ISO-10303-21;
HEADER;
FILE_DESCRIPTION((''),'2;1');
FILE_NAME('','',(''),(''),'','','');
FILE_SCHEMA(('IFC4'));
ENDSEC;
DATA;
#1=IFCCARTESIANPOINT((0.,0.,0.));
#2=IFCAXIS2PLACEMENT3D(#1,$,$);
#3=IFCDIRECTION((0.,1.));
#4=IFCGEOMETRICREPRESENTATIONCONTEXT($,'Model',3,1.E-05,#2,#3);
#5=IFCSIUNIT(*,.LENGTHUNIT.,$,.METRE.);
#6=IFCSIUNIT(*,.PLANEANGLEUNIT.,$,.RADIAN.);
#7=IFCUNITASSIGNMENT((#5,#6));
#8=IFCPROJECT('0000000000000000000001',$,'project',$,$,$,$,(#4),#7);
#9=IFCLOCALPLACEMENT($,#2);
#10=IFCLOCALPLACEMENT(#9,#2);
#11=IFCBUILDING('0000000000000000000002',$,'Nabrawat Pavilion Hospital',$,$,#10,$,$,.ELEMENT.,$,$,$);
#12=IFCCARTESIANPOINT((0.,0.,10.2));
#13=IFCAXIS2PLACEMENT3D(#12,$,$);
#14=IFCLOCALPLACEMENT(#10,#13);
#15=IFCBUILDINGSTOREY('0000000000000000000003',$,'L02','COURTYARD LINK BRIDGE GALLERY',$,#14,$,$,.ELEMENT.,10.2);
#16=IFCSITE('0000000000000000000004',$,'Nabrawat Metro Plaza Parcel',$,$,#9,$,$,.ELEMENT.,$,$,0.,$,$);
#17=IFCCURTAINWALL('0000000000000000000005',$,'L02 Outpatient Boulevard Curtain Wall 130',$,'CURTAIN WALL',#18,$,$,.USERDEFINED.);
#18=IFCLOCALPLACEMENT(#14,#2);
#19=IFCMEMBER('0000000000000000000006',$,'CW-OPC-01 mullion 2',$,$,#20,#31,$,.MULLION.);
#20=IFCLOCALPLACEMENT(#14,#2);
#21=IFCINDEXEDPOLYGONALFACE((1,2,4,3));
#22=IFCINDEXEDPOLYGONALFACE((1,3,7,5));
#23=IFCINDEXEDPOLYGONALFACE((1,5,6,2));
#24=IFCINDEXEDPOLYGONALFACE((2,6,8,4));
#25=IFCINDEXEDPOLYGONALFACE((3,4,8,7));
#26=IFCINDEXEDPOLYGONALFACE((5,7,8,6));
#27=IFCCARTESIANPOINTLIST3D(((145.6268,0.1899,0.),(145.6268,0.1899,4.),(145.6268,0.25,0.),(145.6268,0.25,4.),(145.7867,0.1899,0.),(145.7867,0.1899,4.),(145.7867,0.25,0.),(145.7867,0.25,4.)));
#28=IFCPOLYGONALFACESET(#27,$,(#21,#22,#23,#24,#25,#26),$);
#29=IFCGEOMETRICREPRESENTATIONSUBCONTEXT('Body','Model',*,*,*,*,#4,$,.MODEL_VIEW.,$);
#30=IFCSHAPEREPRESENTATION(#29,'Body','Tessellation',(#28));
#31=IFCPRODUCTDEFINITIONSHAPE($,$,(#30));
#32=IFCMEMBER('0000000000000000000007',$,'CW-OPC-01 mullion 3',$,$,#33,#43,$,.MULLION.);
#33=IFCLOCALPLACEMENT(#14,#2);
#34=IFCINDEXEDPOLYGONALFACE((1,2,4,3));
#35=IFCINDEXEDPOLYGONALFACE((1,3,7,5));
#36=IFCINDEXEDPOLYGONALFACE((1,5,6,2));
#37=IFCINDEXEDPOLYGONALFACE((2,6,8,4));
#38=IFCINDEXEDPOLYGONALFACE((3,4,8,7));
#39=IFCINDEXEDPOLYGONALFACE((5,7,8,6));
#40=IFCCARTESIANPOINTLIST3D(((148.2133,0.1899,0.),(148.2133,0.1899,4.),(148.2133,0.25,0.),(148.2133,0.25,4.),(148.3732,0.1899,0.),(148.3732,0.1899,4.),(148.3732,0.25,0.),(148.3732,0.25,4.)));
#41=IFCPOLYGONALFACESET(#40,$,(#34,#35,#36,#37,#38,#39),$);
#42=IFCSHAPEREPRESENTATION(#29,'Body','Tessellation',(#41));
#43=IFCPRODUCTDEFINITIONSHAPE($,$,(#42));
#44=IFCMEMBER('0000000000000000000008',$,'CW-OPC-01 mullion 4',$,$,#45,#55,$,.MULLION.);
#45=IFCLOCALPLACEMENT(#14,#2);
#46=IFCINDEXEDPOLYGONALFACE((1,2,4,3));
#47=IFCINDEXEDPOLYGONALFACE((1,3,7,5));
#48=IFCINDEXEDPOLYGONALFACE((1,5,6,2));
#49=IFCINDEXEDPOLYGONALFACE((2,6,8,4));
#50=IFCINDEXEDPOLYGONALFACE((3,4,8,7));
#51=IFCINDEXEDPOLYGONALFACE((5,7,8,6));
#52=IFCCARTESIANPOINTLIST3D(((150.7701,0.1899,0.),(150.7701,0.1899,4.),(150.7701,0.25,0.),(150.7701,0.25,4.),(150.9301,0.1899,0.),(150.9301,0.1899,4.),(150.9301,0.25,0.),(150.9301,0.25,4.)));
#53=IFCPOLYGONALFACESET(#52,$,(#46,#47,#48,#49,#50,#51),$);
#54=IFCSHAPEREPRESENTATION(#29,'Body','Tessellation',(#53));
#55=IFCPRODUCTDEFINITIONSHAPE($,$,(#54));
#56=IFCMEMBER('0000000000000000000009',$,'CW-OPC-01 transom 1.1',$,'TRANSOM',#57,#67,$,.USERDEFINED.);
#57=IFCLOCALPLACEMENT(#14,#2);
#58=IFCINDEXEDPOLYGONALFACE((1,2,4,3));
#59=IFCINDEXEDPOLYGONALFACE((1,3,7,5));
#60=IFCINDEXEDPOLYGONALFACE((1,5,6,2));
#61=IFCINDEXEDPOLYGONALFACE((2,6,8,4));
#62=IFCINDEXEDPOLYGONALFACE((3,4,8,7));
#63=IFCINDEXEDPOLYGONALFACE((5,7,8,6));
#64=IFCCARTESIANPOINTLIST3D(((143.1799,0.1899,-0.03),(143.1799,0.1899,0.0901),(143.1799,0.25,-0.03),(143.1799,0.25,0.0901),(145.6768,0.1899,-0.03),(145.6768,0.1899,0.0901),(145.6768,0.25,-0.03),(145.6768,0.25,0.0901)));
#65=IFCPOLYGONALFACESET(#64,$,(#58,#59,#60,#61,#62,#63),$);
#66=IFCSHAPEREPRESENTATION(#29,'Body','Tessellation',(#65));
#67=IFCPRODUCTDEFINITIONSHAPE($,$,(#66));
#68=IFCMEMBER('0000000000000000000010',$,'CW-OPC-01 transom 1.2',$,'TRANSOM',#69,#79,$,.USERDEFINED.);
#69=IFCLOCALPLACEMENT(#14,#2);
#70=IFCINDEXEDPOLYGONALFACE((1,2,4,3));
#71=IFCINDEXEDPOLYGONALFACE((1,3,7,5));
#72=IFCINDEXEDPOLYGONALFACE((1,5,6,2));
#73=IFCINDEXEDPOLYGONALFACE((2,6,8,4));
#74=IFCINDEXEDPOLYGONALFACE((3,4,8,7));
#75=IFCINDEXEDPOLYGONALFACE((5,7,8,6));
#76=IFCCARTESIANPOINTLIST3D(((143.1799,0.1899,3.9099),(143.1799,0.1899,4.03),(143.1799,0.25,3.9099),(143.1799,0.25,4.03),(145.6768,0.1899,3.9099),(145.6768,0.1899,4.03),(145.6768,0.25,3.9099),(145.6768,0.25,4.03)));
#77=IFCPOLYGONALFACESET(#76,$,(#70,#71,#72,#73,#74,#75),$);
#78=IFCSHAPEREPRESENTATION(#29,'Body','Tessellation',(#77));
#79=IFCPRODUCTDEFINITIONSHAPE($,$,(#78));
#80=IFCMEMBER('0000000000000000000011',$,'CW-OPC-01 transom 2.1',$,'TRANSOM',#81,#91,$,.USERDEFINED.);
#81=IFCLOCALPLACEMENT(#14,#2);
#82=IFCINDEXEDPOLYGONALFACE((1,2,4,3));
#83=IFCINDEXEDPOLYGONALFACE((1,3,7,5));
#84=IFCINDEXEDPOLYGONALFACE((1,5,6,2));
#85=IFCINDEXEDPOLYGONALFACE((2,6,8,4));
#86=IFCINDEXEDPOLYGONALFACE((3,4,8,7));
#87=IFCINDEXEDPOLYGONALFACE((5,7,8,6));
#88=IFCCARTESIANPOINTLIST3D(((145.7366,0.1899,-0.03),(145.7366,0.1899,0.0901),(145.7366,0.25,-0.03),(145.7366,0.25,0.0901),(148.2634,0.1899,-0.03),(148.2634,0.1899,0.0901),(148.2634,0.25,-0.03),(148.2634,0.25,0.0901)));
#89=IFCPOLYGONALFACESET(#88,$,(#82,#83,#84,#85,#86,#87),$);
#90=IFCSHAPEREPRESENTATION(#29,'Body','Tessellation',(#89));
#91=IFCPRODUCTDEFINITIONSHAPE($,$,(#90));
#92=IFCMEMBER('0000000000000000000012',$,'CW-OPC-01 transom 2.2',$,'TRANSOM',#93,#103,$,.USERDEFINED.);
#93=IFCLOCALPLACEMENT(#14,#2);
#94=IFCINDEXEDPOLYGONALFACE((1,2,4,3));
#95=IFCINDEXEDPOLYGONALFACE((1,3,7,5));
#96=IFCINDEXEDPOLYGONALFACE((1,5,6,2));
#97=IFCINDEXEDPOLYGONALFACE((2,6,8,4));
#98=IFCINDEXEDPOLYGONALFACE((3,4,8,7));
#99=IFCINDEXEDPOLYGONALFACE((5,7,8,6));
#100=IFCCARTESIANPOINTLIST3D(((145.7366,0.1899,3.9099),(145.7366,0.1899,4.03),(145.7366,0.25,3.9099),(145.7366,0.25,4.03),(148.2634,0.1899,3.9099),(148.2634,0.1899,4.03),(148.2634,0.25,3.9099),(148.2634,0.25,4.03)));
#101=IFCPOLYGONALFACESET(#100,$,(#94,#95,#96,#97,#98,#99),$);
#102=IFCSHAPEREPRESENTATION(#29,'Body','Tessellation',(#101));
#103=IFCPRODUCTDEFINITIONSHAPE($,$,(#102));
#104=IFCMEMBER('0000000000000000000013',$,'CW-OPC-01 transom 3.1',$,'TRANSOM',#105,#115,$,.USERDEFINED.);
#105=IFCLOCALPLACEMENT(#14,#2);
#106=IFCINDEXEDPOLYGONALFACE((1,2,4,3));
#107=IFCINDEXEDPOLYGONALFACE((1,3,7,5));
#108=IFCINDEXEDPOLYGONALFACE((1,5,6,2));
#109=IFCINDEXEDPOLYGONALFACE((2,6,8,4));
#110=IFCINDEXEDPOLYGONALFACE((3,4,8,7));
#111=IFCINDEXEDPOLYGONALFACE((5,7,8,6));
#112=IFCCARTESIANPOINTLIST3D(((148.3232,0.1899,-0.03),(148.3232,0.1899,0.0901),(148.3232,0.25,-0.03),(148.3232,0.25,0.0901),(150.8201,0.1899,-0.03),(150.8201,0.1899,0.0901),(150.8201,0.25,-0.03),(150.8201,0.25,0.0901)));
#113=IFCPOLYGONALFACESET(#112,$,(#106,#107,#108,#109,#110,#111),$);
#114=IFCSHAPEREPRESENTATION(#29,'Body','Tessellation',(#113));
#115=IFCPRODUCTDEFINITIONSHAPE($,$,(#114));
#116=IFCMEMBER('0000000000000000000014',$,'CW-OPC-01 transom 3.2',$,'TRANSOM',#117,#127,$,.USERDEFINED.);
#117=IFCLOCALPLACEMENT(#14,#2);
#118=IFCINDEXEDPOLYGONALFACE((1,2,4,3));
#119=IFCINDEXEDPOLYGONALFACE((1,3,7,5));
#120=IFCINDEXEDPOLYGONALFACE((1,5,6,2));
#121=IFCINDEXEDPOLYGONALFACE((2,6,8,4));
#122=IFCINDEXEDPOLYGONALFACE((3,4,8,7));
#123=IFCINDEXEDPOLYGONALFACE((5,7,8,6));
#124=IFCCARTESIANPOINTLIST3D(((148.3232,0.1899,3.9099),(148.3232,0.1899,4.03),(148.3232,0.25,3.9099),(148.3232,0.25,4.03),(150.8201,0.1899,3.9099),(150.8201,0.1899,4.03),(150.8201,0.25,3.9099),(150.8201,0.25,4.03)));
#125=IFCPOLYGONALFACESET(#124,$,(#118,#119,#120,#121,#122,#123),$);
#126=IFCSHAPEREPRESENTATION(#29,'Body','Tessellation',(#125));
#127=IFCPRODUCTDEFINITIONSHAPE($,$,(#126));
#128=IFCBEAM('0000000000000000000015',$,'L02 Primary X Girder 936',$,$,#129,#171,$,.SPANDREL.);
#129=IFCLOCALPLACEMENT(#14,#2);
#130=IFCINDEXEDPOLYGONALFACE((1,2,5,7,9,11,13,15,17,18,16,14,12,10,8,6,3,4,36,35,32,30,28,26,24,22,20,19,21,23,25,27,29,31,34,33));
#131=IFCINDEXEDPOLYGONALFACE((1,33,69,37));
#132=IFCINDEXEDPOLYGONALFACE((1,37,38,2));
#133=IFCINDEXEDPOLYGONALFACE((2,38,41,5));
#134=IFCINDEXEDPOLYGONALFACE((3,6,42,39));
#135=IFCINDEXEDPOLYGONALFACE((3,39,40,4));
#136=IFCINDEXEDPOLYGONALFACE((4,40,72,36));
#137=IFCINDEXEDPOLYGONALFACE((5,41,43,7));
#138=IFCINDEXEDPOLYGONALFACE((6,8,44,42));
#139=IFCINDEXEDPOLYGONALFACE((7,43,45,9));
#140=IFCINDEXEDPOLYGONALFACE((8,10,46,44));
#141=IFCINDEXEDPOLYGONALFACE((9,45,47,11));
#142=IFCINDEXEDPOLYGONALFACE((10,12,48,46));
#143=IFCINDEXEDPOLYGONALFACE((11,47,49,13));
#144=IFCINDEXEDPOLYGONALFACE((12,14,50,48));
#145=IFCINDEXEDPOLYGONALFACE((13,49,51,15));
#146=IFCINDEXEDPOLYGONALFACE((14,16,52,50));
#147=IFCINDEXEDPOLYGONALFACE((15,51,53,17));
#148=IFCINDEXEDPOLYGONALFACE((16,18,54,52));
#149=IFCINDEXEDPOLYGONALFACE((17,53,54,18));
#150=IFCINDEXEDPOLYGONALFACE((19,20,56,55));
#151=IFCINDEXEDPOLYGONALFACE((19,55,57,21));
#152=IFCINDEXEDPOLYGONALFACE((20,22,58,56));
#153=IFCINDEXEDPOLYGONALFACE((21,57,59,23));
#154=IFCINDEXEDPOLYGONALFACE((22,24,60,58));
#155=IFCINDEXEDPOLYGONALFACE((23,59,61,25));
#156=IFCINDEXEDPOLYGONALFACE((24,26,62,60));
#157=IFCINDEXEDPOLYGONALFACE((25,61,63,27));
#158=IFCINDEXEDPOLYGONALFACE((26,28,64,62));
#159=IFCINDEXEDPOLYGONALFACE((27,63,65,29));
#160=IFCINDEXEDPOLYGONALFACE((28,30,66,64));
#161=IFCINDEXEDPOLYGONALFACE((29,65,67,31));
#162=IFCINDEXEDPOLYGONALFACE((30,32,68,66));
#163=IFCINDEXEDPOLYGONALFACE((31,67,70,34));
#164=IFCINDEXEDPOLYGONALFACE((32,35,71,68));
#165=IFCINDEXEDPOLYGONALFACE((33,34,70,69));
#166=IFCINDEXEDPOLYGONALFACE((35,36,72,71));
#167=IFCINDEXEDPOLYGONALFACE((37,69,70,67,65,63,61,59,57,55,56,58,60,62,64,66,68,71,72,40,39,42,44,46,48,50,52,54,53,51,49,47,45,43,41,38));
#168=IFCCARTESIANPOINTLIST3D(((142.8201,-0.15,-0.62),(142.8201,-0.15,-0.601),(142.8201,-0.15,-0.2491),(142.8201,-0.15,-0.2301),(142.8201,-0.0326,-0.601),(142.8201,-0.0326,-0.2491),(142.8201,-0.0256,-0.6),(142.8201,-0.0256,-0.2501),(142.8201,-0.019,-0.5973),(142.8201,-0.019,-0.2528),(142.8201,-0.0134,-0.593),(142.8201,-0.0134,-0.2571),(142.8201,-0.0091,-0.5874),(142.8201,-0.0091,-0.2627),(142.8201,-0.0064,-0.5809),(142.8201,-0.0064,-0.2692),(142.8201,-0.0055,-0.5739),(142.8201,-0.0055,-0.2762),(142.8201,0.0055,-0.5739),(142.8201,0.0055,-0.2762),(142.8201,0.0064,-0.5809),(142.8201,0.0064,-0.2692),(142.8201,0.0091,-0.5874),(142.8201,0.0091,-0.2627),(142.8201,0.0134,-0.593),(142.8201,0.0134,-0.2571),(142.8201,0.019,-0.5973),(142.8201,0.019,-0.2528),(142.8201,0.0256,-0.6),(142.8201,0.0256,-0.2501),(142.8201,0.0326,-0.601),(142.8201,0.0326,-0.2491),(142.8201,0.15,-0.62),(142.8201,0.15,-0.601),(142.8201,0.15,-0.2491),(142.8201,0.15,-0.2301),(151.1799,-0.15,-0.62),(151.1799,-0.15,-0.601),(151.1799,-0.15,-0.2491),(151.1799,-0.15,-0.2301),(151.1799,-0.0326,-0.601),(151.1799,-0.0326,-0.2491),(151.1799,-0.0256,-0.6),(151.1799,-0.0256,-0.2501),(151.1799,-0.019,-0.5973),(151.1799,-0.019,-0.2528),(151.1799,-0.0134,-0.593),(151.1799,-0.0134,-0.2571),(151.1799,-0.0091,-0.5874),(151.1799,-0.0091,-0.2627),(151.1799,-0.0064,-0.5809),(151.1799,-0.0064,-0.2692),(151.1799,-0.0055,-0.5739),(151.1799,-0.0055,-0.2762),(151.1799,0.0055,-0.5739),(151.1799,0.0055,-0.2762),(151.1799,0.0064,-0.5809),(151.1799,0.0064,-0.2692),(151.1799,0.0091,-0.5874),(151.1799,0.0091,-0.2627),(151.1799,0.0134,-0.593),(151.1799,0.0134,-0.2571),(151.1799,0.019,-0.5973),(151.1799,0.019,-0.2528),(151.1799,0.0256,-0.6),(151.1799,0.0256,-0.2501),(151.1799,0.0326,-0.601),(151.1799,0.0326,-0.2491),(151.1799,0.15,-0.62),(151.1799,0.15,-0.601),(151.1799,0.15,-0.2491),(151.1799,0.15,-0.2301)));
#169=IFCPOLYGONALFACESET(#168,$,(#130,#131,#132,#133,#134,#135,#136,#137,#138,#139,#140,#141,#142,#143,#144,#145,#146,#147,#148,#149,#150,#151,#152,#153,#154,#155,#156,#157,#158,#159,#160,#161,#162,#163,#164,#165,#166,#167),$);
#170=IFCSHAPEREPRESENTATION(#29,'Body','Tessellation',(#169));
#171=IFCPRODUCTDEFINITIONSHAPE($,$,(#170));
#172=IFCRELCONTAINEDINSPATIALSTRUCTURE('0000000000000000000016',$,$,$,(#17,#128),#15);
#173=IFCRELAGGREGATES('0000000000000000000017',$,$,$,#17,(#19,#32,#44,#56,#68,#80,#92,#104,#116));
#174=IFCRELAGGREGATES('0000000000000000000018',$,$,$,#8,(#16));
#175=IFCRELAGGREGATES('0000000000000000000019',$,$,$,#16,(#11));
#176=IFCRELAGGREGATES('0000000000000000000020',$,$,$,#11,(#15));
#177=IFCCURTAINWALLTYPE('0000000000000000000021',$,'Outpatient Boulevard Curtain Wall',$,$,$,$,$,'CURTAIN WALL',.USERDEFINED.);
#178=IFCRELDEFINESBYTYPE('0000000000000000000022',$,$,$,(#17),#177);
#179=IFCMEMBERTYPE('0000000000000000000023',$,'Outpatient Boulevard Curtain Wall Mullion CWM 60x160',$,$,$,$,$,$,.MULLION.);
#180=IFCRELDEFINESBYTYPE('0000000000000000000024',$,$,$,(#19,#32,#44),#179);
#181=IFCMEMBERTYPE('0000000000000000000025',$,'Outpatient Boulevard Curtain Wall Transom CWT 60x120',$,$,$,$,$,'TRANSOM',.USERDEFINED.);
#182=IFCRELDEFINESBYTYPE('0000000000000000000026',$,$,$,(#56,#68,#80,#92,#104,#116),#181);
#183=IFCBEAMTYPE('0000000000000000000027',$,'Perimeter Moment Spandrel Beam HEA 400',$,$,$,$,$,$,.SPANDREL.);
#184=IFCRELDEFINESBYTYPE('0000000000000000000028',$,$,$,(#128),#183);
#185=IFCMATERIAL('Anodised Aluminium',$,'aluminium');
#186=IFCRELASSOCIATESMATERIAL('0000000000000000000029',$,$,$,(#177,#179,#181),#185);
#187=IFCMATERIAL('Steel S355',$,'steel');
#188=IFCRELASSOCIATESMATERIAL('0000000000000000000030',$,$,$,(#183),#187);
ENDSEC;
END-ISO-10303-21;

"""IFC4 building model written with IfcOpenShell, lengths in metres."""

from ifc_helpers import new_model, si_unit, direction, frame, origin, origin_2d, place, context, subcontext, project, spatial, rectangle, i_section, extrude, material, material_profile, profile_set, type_object, element, aggregate, save


model = new_model("IFC4")

# Units and contexts
model_context = context("Model", 3, precision=1e-05, world=origin(), true_north=direction((0.0, 1.0)))
body_context = subcontext(model_context, "Body", "Model", "MODEL_VIEW")
ifc_project = project(units=[si_unit("LENGTHUNIT", "METRE"), si_unit("PLANEANGLEUNIT", "RADIAN")], contexts=[model_context])

# Site, building, storey
site_placement = place(None, origin())
site = spatial("IfcSite", under=ifc_project, at=site_placement, Name="Nabrawat Metro Plaza Parcel", CompositionType="ELEMENT", RefElevation=0.0)
building_placement = place(site_placement, origin())
building = spatial("IfcBuilding", under=site, at=building_placement, Name="Nabrawat Pavilion Hospital", CompositionType="ELEMENT")
storey_placement = place(building_placement, frame((0.0, 0.0, 10.2)))
storey = spatial("IfcBuildingStorey", under=building, at=storey_placement, Name="L02", Description="COURTYARD LINK BRIDGE GALLERY", CompositionType="ELEMENT", Elevation=10.2)

# Shared definitions
ifc_material_1 = material(Name="Steel S355", Category="steel")

# Curtain wall, members
ifc_material_2 = material(Name="Anodised Aluminium", Category="aluminium")
curtain_wall_type = type_object("IfcCurtainWallType", Name="Outpatient Boulevard Curtain Wall", ElementType="CURTAIN WALL", PredefinedType="USERDEFINED", material=ifc_material_2)
curtain_wall_placement = place(storey_placement, origin())
curtain_wall = element("IfcCurtainWall", 1, at=curtain_wall_placement, inside=storey, type_object=curtain_wall_type, Name="L02 Outpatient Boulevard Curtain Wall 130", ObjectType="CURTAIN WALL", PredefinedType="USERDEFINED")
ifc_material_profile_1 = material_profile(ifc_material_2, rectangle(XDim=0.0601, YDim=0.1599, at=origin_2d()), Name="CWM 60x160")
ifc_profile_set_1 = profile_set([ifc_material_profile_1], Name="Anodised Aluminium")
member_type_1 = type_object("IfcMemberType", Name="Outpatient Boulevard Curtain Wall Mullion CWM 60x160", PredefinedType="MULLION", material=ifc_profile_set_1)
member_1_placement = place(storey_placement, frame((145.7068, 0.22, 0.0), z_axis=(0.0, 0.0, 1.0), x_axis=(0.0, 1.0, 0.0)))
member_1 = element("IfcMember", 2, at=member_1_placement, type_object=member_type_1, Name="CW-OPC-01 mullion 2", PredefinedType="MULLION", context=body_context, shape_type="SweptSolid", body=[
    extrude(rectangle(XDim=0.0601, YDim=0.1599, at=origin_2d()), origin(), (0.0, 0.0, 1.0), 4.0),
])
member_2_placement = place(storey_placement, frame((148.2932, 0.22, 0.0), z_axis=(0.0, 0.0, 1.0), x_axis=(0.0, 1.0, 0.0)))
member_2 = element("IfcMember", 3, at=member_2_placement, type_object=member_type_1, Name="CW-OPC-01 mullion 3", PredefinedType="MULLION", context=body_context, shape_type="SweptSolid", body=[
    extrude(rectangle(XDim=0.0601, YDim=0.1599, at=origin_2d()), origin(), (0.0, 0.0, 1.0), 4.0),
])
member_3_placement = place(storey_placement, frame((150.8501, 0.22, 0.0), z_axis=(0.0, 0.0, 1.0), x_axis=(0.0, 1.0, 0.0)))
member_3 = element("IfcMember", 4, at=member_3_placement, type_object=member_type_1, Name="CW-OPC-01 mullion 4", PredefinedType="MULLION", context=body_context, shape_type="SweptSolid", body=[
    extrude(rectangle(XDim=0.0601, YDim=0.1599, at=origin_2d()), origin(), (0.0, 0.0, 1.0), 4.0),
])
ifc_material_profile_2 = material_profile(ifc_material_2, rectangle(XDim=0.0601, YDim=0.1201, at=origin_2d()), Name="CWT 60x120")
ifc_profile_set_2 = profile_set([ifc_material_profile_2], Name="Anodised Aluminium")
member_type_2 = type_object("IfcMemberType", Name="Outpatient Boulevard Curtain Wall Transom CWT 60x120", ElementType="TRANSOM", PredefinedType="USERDEFINED", material=ifc_profile_set_2)
member_4_placement = place(storey_placement, frame((143.1799, 0.22, 0.03), z_axis=(1.0, 0.0, 0.0), x_axis=(0.0, 1.0, 0.0)))
member_4 = element("IfcMember", 5, at=member_4_placement, type_object=member_type_2, Name="CW-OPC-01 transom 1.1", ObjectType="TRANSOM", PredefinedType="USERDEFINED", context=body_context, shape_type="SweptSolid", body=[
    extrude(rectangle(XDim=0.0601, YDim=0.1201, at=origin_2d()), origin(), (0.0, 0.0, 1.0), 2.4968),
])
member_5_placement = place(storey_placement, frame((143.1799, 0.22, 3.97), z_axis=(1.0, 0.0, 0.0), x_axis=(0.0, 1.0, 0.0)))
member_5 = element("IfcMember", 6, at=member_5_placement, type_object=member_type_2, Name="CW-OPC-01 transom 1.2", ObjectType="TRANSOM", PredefinedType="USERDEFINED", context=body_context, shape_type="SweptSolid", body=[
    extrude(rectangle(XDim=0.0601, YDim=0.1201, at=origin_2d()), origin(), (0.0, 0.0, 1.0), 2.4968),
])
member_6_placement = place(storey_placement, frame((145.7366, 0.22, 0.03), z_axis=(1.0, 0.0, 0.0), x_axis=(0.0, 1.0, 0.0)))
member_6 = element("IfcMember", 7, at=member_6_placement, type_object=member_type_2, Name="CW-OPC-01 transom 2.1", ObjectType="TRANSOM", PredefinedType="USERDEFINED", context=body_context, shape_type="SweptSolid", body=[
    extrude(rectangle(XDim=0.0601, YDim=0.1201, at=origin_2d()), origin(), (0.0, 0.0, 1.0), 2.5269),
])
member_7_placement = place(storey_placement, frame((145.7366, 0.22, 3.97), z_axis=(1.0, 0.0, 0.0), x_axis=(0.0, 1.0, 0.0)))
member_7 = element("IfcMember", 8, at=member_7_placement, type_object=member_type_2, Name="CW-OPC-01 transom 2.2", ObjectType="TRANSOM", PredefinedType="USERDEFINED", context=body_context, shape_type="SweptSolid", body=[
    extrude(rectangle(XDim=0.0601, YDim=0.1201, at=origin_2d()), origin(), (0.0, 0.0, 1.0), 2.5269),
])
member_8_placement = place(storey_placement, frame((148.3232, 0.22, 0.03), z_axis=(1.0, 0.0, 0.0), x_axis=(0.0, 1.0, 0.0)))
member_8 = element("IfcMember", 9, at=member_8_placement, type_object=member_type_2, Name="CW-OPC-01 transom 3.1", ObjectType="TRANSOM", PredefinedType="USERDEFINED", context=body_context, shape_type="SweptSolid", body=[
    extrude(rectangle(XDim=0.0601, YDim=0.1201, at=origin_2d()), origin(), (0.0, 0.0, 1.0), 2.4968),
])
member_9_placement = place(storey_placement, frame((148.3232, 0.22, 3.97), z_axis=(1.0, 0.0, 0.0), x_axis=(0.0, 1.0, 0.0)))
member_9 = element("IfcMember", 10, at=member_9_placement, type_object=member_type_2, Name="CW-OPC-01 transom 3.2", ObjectType="TRANSOM", PredefinedType="USERDEFINED", context=body_context, shape_type="SweptSolid", body=[
    extrude(rectangle(XDim=0.0601, YDim=0.1201, at=origin_2d()), origin(), (0.0, 0.0, 1.0), 2.4968),
])

# Beam
ifc_material_profile_3 = material_profile(ifc_material_1, i_section(OverallWidth=0.3, OverallDepth=0.3899, WebThickness=0.011, FlangeThickness=0.019, FilletRadius=0.0271, at=origin_2d()), Name="HEA 400")
ifc_profile_set_3 = profile_set([ifc_material_profile_3], Name="Steel S355")
beam_type_1 = type_object("IfcBeamType", Name="Perimeter Moment Spandrel Beam HEA 400", PredefinedType="SPANDREL", material=ifc_profile_set_3)
beam_1_placement = place(storey_placement, frame((142.8201, 0.0, -0.425), z_axis=(1.0, 0.0, 0.0), x_axis=(0.0, 1.0, 0.0)))
element("IfcBeam", 11, at=beam_1_placement, inside=storey, type_object=beam_type_1, Name="L02 Primary X Girder 936", PredefinedType="SPANDREL", context=body_context, shape_type="SweptSolid", body=[
    extrude(i_section(OverallWidth=0.3, OverallDepth=0.3899, WebThickness=0.011, FlangeThickness=0.019, FilletRadius=0.0271, at=origin_2d()), origin(), (0.0, 0.0, 1.0), 8.3599),
])

aggregate(curtain_wall, [member_1, member_2, member_3, member_4, member_5, member_6, member_7, member_8, member_9])

save(model, "model.ifc")
